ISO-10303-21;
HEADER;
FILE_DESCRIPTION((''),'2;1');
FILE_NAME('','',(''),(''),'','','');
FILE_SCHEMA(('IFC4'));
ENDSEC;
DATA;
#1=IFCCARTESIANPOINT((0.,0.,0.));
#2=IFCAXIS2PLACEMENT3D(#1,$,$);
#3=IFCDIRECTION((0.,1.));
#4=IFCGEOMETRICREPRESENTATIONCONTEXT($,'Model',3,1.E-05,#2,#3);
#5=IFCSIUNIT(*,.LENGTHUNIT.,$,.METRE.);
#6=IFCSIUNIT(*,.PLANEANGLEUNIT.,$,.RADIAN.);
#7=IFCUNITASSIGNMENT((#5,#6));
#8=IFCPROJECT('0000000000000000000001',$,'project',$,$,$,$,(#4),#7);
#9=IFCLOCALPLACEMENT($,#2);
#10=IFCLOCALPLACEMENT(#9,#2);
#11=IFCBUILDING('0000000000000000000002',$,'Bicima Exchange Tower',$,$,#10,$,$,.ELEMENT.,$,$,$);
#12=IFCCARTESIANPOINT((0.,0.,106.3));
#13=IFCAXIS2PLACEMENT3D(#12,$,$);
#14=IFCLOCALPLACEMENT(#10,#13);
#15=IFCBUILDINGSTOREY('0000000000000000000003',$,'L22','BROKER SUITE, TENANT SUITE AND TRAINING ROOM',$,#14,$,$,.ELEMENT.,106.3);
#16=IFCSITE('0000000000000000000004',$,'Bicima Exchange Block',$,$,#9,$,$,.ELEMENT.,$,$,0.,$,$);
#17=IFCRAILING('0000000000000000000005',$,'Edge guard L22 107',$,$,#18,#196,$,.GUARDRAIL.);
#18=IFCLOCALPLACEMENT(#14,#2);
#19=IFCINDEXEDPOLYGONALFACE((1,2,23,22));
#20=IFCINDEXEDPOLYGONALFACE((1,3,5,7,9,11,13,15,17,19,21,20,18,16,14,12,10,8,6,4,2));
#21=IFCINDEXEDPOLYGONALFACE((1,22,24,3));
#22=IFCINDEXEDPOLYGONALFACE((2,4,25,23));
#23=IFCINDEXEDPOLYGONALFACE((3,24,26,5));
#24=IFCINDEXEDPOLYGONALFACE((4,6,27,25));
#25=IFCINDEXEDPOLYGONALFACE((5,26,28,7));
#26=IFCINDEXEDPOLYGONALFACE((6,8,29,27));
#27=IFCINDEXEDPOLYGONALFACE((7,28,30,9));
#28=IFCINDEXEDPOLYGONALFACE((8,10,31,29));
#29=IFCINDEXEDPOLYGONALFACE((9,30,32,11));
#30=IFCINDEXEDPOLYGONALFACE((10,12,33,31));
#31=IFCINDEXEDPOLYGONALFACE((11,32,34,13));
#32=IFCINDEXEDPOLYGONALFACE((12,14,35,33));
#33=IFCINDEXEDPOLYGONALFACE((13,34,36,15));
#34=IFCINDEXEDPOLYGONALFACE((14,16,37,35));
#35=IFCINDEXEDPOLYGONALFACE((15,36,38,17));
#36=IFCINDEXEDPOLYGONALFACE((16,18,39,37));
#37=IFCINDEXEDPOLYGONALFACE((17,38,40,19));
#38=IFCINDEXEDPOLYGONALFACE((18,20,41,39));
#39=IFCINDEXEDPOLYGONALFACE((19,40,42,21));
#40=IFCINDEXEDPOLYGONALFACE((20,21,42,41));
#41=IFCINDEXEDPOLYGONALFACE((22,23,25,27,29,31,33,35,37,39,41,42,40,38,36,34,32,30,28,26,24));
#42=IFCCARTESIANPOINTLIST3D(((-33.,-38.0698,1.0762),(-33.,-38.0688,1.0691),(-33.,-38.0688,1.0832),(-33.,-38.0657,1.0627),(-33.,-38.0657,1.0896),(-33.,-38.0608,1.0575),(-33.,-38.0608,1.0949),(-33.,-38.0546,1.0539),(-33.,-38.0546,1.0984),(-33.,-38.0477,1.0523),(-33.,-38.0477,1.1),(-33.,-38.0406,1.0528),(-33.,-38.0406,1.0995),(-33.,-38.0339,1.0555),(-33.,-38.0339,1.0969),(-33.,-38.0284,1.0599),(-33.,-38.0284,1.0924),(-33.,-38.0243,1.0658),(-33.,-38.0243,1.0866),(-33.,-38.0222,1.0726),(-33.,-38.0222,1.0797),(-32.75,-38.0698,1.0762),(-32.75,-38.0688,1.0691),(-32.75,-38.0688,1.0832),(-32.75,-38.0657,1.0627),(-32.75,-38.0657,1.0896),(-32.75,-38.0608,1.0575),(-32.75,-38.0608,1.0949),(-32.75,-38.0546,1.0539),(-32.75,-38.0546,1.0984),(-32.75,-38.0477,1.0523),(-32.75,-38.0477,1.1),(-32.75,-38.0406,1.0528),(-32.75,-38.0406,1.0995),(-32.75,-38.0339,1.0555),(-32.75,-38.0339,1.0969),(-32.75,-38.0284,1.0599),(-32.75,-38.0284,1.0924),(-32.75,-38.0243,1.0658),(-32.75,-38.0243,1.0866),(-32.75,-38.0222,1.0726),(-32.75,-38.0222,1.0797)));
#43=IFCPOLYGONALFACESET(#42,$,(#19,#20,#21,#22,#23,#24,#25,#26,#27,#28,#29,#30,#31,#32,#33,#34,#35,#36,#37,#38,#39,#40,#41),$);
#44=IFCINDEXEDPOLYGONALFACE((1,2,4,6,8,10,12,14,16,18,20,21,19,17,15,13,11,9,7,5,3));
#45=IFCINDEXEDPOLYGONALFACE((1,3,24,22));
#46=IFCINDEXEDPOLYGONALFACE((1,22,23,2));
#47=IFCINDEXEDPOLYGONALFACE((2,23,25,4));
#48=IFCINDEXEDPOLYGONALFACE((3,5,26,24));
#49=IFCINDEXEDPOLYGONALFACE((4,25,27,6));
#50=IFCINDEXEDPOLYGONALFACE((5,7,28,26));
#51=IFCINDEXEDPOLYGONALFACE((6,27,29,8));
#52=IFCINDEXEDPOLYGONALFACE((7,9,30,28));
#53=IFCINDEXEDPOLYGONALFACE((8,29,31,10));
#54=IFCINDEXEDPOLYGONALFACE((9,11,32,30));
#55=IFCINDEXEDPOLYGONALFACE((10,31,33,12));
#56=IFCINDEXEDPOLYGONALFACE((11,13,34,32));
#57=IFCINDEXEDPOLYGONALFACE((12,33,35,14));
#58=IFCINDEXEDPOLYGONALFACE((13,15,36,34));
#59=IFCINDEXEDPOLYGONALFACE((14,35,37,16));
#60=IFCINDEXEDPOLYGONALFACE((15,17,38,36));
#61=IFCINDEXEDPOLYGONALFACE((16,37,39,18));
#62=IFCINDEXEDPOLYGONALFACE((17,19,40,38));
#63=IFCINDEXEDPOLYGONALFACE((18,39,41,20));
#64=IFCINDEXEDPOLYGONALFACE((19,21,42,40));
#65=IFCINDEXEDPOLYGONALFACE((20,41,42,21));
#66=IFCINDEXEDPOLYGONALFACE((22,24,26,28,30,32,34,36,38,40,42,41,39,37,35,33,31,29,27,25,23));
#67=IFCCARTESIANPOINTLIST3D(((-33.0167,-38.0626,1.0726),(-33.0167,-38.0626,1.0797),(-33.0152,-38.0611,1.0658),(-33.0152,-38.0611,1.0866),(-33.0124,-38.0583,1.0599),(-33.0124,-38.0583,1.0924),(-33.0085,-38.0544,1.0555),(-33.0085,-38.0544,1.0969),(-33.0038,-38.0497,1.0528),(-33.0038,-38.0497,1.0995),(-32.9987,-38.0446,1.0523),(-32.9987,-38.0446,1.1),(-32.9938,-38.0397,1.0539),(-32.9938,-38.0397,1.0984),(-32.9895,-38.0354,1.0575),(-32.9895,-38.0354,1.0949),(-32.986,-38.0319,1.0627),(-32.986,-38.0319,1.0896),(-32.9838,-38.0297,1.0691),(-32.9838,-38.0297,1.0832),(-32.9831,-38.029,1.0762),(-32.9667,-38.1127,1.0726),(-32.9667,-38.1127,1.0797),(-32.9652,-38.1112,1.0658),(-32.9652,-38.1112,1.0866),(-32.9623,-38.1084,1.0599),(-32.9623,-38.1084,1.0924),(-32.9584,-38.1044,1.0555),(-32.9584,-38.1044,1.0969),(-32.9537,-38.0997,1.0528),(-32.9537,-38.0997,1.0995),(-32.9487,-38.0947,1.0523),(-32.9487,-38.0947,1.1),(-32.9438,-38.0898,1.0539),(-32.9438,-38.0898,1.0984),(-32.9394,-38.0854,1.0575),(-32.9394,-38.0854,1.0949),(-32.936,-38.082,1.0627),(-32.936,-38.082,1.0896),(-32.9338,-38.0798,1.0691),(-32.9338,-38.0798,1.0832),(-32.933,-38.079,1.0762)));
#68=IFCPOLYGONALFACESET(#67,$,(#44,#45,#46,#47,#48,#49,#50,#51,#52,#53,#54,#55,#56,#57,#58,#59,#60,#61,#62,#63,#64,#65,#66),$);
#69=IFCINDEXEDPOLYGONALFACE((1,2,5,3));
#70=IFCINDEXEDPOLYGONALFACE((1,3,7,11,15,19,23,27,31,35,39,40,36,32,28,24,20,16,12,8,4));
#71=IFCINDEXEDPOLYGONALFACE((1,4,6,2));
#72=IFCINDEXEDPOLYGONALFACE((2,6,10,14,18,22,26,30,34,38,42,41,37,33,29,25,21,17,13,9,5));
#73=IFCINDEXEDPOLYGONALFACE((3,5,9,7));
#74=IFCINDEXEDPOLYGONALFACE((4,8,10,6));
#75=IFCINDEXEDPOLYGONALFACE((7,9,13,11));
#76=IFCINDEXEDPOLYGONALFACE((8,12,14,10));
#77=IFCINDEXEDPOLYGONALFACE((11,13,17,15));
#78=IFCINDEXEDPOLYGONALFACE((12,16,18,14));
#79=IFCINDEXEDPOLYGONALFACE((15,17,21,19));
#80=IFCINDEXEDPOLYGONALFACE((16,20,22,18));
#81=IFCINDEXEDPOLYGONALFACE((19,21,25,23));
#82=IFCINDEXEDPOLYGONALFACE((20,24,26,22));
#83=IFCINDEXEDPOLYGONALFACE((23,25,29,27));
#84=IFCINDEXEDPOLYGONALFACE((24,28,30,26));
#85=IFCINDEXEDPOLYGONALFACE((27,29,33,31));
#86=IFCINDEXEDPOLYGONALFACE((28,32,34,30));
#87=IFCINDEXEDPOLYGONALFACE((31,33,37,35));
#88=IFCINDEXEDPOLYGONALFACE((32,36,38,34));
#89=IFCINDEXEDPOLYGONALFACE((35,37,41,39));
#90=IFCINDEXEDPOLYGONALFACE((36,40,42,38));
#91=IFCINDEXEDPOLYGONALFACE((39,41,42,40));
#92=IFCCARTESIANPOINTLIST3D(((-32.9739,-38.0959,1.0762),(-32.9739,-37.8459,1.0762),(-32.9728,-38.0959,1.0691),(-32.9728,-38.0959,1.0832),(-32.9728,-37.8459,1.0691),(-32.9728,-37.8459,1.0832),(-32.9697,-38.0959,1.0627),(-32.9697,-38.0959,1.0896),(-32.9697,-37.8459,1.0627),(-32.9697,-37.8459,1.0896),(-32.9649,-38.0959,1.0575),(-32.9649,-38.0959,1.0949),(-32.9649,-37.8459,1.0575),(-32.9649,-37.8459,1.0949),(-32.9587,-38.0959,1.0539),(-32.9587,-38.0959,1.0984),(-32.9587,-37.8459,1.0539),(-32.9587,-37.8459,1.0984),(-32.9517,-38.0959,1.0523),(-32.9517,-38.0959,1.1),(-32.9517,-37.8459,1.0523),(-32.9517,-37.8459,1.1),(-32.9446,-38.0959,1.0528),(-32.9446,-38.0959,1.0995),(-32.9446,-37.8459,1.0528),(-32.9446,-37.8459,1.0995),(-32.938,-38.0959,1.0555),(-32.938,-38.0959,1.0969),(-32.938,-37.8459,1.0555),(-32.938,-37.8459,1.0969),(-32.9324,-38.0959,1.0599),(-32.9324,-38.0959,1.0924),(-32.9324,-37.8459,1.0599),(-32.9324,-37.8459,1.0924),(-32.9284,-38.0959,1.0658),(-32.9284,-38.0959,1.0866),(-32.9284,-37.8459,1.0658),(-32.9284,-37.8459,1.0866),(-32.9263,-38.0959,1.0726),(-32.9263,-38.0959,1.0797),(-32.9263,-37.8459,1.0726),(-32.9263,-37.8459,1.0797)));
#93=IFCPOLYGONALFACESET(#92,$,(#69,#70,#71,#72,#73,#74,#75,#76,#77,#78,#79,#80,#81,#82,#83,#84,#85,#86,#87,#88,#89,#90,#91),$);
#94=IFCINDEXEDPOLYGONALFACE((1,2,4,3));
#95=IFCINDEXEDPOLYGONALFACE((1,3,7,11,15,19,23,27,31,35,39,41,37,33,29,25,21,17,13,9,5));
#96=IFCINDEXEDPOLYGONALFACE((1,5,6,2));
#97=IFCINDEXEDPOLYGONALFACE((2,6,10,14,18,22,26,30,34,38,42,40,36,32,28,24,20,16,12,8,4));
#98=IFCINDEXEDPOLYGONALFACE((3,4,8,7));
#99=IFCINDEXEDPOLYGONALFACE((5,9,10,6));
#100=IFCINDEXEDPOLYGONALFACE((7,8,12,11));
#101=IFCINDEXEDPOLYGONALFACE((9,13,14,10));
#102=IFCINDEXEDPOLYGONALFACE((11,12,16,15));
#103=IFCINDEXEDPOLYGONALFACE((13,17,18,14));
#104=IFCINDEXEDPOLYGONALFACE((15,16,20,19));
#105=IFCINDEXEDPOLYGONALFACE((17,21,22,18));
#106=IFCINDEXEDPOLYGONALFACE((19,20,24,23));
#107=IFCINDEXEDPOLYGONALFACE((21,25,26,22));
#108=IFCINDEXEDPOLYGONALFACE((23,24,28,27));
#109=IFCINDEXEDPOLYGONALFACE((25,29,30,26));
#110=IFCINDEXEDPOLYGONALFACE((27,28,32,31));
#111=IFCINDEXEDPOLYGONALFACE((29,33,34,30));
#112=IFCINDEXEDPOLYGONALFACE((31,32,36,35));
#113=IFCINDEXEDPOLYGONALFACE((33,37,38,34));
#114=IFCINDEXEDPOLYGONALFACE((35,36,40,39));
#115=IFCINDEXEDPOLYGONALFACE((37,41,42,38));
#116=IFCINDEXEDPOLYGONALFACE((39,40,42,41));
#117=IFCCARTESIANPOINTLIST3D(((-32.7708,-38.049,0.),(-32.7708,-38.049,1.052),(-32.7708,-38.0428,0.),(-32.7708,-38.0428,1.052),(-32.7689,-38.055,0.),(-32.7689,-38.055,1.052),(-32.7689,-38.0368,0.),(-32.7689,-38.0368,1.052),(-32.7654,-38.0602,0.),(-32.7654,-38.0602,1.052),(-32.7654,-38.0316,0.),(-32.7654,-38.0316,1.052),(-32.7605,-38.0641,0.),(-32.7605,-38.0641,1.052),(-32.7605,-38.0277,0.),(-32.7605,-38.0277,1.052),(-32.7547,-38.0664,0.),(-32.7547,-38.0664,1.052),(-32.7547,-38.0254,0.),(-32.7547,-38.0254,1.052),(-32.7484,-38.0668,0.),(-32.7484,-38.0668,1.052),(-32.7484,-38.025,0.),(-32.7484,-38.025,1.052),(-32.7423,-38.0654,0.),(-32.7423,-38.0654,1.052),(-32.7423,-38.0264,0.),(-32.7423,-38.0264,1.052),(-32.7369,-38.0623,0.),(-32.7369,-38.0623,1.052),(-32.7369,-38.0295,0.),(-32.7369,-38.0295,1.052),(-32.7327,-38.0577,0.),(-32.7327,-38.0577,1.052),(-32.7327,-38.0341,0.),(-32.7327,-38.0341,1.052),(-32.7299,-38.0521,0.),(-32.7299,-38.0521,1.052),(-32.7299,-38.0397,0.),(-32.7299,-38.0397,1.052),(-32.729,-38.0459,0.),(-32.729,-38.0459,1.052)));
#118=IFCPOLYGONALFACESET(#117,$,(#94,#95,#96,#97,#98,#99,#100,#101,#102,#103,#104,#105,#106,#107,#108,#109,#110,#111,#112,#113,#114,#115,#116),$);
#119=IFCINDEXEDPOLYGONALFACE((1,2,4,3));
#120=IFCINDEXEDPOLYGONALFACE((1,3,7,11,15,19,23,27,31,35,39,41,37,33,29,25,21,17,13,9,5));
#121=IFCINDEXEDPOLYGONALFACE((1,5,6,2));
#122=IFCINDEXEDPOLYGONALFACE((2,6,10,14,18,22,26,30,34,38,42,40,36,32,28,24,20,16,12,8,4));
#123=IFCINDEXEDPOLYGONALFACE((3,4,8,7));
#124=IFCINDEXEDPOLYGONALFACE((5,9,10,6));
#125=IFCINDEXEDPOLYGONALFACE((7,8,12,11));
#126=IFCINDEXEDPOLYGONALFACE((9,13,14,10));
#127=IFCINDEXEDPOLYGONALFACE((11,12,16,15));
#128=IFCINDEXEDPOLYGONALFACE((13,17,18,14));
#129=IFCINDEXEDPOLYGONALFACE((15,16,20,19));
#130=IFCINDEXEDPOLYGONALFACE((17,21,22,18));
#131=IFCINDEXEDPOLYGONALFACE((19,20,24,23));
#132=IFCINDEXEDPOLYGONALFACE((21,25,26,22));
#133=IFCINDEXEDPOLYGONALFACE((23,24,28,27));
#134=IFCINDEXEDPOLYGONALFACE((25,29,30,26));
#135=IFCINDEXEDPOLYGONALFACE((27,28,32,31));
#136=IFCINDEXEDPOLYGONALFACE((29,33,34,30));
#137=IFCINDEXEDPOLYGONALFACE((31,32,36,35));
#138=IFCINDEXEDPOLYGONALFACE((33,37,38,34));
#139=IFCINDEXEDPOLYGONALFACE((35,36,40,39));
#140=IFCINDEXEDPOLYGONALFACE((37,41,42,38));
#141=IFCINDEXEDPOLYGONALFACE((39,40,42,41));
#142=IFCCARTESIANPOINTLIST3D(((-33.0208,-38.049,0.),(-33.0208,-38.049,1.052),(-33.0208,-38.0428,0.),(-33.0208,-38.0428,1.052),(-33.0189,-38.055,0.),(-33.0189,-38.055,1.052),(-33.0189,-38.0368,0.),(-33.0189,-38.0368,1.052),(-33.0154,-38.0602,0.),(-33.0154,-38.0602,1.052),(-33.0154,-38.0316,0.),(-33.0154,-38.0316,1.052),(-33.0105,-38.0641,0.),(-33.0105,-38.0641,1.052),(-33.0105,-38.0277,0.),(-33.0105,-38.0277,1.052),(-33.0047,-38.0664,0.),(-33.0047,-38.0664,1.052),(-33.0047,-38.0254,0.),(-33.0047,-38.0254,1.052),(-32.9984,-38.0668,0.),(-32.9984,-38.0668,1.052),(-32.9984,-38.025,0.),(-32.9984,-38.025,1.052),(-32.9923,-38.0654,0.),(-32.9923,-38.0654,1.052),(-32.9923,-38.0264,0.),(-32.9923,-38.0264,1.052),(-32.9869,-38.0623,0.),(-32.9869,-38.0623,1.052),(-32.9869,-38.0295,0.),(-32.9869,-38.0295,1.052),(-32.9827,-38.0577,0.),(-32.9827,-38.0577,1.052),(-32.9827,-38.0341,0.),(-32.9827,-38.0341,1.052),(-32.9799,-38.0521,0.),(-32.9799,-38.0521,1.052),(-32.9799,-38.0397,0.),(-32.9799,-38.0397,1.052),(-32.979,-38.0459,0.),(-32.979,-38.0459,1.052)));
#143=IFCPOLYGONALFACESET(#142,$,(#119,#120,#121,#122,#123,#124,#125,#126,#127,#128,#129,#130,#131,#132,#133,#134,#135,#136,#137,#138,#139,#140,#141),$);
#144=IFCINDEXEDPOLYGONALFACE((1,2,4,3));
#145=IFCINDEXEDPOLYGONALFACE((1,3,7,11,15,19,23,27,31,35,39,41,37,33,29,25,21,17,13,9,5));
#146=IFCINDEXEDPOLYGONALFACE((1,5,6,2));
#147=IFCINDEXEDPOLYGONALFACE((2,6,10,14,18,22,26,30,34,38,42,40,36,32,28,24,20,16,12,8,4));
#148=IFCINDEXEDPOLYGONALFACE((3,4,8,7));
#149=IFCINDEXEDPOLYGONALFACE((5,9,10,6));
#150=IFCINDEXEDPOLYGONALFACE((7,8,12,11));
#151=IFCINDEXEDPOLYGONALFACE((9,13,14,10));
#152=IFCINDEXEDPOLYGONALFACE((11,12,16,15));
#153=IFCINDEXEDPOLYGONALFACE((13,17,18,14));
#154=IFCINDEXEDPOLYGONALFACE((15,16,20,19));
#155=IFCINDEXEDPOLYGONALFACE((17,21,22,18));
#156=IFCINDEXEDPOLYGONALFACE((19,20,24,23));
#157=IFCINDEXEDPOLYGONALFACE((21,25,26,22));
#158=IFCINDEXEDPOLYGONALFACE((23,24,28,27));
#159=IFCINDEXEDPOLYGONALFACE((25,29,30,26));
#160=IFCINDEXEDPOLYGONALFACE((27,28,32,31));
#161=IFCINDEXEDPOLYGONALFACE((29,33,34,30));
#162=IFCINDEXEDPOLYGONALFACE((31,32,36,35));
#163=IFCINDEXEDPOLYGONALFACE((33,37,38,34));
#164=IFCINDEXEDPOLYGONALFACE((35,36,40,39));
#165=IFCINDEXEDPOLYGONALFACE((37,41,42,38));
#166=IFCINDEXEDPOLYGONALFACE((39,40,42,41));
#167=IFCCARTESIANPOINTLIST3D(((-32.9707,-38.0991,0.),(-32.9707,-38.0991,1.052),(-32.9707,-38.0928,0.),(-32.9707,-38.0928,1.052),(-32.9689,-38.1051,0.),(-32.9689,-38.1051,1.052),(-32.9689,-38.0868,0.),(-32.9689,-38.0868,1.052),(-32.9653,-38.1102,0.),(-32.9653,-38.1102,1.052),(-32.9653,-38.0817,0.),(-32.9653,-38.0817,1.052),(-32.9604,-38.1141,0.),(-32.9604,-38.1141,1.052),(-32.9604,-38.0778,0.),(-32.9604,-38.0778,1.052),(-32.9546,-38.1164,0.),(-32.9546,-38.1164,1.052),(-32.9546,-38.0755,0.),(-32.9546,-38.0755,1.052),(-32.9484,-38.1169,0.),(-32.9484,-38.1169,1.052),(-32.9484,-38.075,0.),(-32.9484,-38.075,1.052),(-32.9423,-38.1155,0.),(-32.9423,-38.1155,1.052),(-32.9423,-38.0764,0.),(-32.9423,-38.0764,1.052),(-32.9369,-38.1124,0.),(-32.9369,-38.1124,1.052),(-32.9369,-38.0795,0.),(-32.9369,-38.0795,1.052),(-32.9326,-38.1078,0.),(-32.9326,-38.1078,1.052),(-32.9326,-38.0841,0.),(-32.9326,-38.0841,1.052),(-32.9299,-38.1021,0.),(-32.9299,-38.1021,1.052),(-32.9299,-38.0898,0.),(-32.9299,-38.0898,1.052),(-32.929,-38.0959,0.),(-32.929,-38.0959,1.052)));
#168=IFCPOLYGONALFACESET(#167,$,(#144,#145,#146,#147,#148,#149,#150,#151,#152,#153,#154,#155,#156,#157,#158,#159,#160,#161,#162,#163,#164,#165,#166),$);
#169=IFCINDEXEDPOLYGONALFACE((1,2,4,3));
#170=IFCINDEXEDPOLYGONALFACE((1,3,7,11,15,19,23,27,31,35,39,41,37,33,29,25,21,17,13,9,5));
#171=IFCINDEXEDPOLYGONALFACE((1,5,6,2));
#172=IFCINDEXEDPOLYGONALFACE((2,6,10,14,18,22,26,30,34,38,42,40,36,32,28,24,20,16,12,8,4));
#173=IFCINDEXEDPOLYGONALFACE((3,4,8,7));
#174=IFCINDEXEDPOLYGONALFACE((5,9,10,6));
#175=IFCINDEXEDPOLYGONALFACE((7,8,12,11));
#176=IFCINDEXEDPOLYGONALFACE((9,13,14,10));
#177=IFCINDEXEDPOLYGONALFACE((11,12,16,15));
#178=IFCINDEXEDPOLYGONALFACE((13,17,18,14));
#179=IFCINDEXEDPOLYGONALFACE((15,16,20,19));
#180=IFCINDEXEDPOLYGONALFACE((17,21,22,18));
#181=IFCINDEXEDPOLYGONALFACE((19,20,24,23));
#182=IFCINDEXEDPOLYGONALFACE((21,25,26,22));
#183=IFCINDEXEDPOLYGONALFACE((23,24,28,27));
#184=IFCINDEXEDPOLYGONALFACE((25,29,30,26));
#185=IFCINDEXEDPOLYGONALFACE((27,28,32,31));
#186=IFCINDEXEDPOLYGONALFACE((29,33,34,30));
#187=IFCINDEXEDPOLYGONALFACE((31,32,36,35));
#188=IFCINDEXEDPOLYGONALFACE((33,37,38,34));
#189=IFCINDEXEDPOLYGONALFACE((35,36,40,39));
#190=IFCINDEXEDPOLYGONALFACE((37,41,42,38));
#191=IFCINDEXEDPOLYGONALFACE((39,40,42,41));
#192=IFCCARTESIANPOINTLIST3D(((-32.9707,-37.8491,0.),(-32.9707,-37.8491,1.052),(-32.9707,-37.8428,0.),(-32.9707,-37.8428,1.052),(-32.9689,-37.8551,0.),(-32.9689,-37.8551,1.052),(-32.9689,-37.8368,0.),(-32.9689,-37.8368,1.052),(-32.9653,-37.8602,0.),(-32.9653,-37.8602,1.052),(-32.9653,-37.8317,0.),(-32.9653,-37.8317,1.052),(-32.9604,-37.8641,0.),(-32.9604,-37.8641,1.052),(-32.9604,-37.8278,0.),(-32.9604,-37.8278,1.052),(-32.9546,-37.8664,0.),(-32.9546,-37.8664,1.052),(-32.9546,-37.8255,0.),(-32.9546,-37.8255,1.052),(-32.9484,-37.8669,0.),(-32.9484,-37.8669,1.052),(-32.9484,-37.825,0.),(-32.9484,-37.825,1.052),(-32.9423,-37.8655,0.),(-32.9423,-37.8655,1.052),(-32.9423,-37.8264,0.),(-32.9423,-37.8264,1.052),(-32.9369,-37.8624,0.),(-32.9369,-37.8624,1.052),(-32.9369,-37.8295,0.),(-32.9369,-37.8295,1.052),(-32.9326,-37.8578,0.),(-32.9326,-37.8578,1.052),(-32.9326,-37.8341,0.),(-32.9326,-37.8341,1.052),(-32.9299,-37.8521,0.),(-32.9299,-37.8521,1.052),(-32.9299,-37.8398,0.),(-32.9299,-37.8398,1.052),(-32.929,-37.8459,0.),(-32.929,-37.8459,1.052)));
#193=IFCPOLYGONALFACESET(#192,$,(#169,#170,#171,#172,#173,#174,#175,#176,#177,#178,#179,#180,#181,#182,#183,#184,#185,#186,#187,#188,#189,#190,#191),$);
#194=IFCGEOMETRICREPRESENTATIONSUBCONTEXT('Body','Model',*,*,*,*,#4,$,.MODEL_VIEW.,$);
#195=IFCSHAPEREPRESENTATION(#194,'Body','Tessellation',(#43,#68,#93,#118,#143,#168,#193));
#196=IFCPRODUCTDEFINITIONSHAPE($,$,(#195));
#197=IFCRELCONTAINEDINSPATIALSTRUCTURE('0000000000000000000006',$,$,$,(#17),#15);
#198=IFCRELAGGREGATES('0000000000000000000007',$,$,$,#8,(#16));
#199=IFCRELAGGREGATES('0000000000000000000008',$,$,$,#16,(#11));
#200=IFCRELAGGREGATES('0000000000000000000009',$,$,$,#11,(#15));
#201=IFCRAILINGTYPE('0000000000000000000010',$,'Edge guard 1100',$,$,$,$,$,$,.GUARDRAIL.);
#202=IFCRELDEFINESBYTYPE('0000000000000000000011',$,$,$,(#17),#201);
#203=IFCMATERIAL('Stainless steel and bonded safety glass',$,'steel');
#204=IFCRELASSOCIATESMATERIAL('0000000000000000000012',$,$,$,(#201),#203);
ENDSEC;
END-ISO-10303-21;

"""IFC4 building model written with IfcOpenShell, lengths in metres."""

from ifc_helpers import new_model, si_unit, direction, frame, origin, origin_2d, place, context, subcontext, project, spatial, circle, extrude, material, type_object, element, save


model = new_model("IFC4")

# Units and contexts
model_context = context("Model", 3, precision=1e-05, world=origin(), true_north=direction((0.0, 1.0)))
body_context = subcontext(model_context, "Body", "Model", "MODEL_VIEW")
ifc_project = project(units=[si_unit("LENGTHUNIT", "METRE"), si_unit("PLANEANGLEUNIT", "RADIAN")], contexts=[model_context])

# Site, building, storey
site_placement = place(None, origin())
site = spatial("IfcSite", under=ifc_project, at=site_placement, Name="Bicima Exchange Block", CompositionType="ELEMENT", RefElevation=0.0)
building_placement = place(site_placement, origin())
building = spatial("IfcBuilding", under=site, at=building_placement, Name="Bicima Exchange Tower", CompositionType="ELEMENT")
storey_placement = place(building_placement, frame((0.0, 0.0, 106.3)))
storey = spatial("IfcBuildingStorey", under=building, at=storey_placement, Name="L22", Description="BROKER SUITE, TENANT SUITE AND TRAINING ROOM", CompositionType="ELEMENT", Elevation=106.3)

# Railing
ifc_material_1 = material(Name="Stainless steel and bonded safety glass", Category="steel")
railing_type = type_object("IfcRailingType", Name="Edge guard 1100", PredefinedType="GUARDRAIL", material=ifc_material_1)
railing_1_placement = place(storey_placement, frame((-32.75, -38.0459, 0.0)))
element("IfcRailing", 1, at=railing_1_placement, inside=storey, type_object=railing_type, Name="Edge guard L22 107", PredefinedType="GUARDRAIL", context=body_context, shape_type="SweptSolid", body=[
    extrude(circle(Radius=0.0239, at=origin_2d()), frame((0.0, 0.0, 1.0762), z_axis=(-1.0, 0.0, 0.0), x_axis=(0.0, -1.0, 0.0)), (0.0, 0.0, 1.0), 0.25),
    extrude(circle(Radius=0.0239, at=origin_2d()), frame((-0.25, 0.0, 1.0762), z_axis=(0.707107, -0.707107, 0.0), x_axis=(0.707107, 0.707107, 0.0)), (0.0, 0.0, 1.0), 0.0708),
    extrude(circle(Radius=0.0239, at=origin_2d()), frame((-0.2, -0.05, 1.0762), z_axis=(0.0, 1.0, 0.0), x_axis=(-1.0, 0.0, 0.0)), (0.0, 0.0, 1.0), 0.25),
    extrude(circle(Radius=0.021, at=origin_2d()), origin(), (0.0, 0.0, 1.0), 1.052),
    extrude(circle(Radius=0.021, at=origin_2d()), frame((-0.25, 0.0, 0.0)), (0.0, 0.0, 1.0), 1.052),
    extrude(circle(Radius=0.021, at=origin_2d()), frame((-0.2, -0.05, 0.0)), (0.0, 0.0, 1.0), 1.052),
    extrude(circle(Radius=0.021, at=origin_2d()), frame((-0.2, 0.2, 0.0)), (0.0, 0.0, 1.0), 1.052),
])

save(model, "model.ifc")
